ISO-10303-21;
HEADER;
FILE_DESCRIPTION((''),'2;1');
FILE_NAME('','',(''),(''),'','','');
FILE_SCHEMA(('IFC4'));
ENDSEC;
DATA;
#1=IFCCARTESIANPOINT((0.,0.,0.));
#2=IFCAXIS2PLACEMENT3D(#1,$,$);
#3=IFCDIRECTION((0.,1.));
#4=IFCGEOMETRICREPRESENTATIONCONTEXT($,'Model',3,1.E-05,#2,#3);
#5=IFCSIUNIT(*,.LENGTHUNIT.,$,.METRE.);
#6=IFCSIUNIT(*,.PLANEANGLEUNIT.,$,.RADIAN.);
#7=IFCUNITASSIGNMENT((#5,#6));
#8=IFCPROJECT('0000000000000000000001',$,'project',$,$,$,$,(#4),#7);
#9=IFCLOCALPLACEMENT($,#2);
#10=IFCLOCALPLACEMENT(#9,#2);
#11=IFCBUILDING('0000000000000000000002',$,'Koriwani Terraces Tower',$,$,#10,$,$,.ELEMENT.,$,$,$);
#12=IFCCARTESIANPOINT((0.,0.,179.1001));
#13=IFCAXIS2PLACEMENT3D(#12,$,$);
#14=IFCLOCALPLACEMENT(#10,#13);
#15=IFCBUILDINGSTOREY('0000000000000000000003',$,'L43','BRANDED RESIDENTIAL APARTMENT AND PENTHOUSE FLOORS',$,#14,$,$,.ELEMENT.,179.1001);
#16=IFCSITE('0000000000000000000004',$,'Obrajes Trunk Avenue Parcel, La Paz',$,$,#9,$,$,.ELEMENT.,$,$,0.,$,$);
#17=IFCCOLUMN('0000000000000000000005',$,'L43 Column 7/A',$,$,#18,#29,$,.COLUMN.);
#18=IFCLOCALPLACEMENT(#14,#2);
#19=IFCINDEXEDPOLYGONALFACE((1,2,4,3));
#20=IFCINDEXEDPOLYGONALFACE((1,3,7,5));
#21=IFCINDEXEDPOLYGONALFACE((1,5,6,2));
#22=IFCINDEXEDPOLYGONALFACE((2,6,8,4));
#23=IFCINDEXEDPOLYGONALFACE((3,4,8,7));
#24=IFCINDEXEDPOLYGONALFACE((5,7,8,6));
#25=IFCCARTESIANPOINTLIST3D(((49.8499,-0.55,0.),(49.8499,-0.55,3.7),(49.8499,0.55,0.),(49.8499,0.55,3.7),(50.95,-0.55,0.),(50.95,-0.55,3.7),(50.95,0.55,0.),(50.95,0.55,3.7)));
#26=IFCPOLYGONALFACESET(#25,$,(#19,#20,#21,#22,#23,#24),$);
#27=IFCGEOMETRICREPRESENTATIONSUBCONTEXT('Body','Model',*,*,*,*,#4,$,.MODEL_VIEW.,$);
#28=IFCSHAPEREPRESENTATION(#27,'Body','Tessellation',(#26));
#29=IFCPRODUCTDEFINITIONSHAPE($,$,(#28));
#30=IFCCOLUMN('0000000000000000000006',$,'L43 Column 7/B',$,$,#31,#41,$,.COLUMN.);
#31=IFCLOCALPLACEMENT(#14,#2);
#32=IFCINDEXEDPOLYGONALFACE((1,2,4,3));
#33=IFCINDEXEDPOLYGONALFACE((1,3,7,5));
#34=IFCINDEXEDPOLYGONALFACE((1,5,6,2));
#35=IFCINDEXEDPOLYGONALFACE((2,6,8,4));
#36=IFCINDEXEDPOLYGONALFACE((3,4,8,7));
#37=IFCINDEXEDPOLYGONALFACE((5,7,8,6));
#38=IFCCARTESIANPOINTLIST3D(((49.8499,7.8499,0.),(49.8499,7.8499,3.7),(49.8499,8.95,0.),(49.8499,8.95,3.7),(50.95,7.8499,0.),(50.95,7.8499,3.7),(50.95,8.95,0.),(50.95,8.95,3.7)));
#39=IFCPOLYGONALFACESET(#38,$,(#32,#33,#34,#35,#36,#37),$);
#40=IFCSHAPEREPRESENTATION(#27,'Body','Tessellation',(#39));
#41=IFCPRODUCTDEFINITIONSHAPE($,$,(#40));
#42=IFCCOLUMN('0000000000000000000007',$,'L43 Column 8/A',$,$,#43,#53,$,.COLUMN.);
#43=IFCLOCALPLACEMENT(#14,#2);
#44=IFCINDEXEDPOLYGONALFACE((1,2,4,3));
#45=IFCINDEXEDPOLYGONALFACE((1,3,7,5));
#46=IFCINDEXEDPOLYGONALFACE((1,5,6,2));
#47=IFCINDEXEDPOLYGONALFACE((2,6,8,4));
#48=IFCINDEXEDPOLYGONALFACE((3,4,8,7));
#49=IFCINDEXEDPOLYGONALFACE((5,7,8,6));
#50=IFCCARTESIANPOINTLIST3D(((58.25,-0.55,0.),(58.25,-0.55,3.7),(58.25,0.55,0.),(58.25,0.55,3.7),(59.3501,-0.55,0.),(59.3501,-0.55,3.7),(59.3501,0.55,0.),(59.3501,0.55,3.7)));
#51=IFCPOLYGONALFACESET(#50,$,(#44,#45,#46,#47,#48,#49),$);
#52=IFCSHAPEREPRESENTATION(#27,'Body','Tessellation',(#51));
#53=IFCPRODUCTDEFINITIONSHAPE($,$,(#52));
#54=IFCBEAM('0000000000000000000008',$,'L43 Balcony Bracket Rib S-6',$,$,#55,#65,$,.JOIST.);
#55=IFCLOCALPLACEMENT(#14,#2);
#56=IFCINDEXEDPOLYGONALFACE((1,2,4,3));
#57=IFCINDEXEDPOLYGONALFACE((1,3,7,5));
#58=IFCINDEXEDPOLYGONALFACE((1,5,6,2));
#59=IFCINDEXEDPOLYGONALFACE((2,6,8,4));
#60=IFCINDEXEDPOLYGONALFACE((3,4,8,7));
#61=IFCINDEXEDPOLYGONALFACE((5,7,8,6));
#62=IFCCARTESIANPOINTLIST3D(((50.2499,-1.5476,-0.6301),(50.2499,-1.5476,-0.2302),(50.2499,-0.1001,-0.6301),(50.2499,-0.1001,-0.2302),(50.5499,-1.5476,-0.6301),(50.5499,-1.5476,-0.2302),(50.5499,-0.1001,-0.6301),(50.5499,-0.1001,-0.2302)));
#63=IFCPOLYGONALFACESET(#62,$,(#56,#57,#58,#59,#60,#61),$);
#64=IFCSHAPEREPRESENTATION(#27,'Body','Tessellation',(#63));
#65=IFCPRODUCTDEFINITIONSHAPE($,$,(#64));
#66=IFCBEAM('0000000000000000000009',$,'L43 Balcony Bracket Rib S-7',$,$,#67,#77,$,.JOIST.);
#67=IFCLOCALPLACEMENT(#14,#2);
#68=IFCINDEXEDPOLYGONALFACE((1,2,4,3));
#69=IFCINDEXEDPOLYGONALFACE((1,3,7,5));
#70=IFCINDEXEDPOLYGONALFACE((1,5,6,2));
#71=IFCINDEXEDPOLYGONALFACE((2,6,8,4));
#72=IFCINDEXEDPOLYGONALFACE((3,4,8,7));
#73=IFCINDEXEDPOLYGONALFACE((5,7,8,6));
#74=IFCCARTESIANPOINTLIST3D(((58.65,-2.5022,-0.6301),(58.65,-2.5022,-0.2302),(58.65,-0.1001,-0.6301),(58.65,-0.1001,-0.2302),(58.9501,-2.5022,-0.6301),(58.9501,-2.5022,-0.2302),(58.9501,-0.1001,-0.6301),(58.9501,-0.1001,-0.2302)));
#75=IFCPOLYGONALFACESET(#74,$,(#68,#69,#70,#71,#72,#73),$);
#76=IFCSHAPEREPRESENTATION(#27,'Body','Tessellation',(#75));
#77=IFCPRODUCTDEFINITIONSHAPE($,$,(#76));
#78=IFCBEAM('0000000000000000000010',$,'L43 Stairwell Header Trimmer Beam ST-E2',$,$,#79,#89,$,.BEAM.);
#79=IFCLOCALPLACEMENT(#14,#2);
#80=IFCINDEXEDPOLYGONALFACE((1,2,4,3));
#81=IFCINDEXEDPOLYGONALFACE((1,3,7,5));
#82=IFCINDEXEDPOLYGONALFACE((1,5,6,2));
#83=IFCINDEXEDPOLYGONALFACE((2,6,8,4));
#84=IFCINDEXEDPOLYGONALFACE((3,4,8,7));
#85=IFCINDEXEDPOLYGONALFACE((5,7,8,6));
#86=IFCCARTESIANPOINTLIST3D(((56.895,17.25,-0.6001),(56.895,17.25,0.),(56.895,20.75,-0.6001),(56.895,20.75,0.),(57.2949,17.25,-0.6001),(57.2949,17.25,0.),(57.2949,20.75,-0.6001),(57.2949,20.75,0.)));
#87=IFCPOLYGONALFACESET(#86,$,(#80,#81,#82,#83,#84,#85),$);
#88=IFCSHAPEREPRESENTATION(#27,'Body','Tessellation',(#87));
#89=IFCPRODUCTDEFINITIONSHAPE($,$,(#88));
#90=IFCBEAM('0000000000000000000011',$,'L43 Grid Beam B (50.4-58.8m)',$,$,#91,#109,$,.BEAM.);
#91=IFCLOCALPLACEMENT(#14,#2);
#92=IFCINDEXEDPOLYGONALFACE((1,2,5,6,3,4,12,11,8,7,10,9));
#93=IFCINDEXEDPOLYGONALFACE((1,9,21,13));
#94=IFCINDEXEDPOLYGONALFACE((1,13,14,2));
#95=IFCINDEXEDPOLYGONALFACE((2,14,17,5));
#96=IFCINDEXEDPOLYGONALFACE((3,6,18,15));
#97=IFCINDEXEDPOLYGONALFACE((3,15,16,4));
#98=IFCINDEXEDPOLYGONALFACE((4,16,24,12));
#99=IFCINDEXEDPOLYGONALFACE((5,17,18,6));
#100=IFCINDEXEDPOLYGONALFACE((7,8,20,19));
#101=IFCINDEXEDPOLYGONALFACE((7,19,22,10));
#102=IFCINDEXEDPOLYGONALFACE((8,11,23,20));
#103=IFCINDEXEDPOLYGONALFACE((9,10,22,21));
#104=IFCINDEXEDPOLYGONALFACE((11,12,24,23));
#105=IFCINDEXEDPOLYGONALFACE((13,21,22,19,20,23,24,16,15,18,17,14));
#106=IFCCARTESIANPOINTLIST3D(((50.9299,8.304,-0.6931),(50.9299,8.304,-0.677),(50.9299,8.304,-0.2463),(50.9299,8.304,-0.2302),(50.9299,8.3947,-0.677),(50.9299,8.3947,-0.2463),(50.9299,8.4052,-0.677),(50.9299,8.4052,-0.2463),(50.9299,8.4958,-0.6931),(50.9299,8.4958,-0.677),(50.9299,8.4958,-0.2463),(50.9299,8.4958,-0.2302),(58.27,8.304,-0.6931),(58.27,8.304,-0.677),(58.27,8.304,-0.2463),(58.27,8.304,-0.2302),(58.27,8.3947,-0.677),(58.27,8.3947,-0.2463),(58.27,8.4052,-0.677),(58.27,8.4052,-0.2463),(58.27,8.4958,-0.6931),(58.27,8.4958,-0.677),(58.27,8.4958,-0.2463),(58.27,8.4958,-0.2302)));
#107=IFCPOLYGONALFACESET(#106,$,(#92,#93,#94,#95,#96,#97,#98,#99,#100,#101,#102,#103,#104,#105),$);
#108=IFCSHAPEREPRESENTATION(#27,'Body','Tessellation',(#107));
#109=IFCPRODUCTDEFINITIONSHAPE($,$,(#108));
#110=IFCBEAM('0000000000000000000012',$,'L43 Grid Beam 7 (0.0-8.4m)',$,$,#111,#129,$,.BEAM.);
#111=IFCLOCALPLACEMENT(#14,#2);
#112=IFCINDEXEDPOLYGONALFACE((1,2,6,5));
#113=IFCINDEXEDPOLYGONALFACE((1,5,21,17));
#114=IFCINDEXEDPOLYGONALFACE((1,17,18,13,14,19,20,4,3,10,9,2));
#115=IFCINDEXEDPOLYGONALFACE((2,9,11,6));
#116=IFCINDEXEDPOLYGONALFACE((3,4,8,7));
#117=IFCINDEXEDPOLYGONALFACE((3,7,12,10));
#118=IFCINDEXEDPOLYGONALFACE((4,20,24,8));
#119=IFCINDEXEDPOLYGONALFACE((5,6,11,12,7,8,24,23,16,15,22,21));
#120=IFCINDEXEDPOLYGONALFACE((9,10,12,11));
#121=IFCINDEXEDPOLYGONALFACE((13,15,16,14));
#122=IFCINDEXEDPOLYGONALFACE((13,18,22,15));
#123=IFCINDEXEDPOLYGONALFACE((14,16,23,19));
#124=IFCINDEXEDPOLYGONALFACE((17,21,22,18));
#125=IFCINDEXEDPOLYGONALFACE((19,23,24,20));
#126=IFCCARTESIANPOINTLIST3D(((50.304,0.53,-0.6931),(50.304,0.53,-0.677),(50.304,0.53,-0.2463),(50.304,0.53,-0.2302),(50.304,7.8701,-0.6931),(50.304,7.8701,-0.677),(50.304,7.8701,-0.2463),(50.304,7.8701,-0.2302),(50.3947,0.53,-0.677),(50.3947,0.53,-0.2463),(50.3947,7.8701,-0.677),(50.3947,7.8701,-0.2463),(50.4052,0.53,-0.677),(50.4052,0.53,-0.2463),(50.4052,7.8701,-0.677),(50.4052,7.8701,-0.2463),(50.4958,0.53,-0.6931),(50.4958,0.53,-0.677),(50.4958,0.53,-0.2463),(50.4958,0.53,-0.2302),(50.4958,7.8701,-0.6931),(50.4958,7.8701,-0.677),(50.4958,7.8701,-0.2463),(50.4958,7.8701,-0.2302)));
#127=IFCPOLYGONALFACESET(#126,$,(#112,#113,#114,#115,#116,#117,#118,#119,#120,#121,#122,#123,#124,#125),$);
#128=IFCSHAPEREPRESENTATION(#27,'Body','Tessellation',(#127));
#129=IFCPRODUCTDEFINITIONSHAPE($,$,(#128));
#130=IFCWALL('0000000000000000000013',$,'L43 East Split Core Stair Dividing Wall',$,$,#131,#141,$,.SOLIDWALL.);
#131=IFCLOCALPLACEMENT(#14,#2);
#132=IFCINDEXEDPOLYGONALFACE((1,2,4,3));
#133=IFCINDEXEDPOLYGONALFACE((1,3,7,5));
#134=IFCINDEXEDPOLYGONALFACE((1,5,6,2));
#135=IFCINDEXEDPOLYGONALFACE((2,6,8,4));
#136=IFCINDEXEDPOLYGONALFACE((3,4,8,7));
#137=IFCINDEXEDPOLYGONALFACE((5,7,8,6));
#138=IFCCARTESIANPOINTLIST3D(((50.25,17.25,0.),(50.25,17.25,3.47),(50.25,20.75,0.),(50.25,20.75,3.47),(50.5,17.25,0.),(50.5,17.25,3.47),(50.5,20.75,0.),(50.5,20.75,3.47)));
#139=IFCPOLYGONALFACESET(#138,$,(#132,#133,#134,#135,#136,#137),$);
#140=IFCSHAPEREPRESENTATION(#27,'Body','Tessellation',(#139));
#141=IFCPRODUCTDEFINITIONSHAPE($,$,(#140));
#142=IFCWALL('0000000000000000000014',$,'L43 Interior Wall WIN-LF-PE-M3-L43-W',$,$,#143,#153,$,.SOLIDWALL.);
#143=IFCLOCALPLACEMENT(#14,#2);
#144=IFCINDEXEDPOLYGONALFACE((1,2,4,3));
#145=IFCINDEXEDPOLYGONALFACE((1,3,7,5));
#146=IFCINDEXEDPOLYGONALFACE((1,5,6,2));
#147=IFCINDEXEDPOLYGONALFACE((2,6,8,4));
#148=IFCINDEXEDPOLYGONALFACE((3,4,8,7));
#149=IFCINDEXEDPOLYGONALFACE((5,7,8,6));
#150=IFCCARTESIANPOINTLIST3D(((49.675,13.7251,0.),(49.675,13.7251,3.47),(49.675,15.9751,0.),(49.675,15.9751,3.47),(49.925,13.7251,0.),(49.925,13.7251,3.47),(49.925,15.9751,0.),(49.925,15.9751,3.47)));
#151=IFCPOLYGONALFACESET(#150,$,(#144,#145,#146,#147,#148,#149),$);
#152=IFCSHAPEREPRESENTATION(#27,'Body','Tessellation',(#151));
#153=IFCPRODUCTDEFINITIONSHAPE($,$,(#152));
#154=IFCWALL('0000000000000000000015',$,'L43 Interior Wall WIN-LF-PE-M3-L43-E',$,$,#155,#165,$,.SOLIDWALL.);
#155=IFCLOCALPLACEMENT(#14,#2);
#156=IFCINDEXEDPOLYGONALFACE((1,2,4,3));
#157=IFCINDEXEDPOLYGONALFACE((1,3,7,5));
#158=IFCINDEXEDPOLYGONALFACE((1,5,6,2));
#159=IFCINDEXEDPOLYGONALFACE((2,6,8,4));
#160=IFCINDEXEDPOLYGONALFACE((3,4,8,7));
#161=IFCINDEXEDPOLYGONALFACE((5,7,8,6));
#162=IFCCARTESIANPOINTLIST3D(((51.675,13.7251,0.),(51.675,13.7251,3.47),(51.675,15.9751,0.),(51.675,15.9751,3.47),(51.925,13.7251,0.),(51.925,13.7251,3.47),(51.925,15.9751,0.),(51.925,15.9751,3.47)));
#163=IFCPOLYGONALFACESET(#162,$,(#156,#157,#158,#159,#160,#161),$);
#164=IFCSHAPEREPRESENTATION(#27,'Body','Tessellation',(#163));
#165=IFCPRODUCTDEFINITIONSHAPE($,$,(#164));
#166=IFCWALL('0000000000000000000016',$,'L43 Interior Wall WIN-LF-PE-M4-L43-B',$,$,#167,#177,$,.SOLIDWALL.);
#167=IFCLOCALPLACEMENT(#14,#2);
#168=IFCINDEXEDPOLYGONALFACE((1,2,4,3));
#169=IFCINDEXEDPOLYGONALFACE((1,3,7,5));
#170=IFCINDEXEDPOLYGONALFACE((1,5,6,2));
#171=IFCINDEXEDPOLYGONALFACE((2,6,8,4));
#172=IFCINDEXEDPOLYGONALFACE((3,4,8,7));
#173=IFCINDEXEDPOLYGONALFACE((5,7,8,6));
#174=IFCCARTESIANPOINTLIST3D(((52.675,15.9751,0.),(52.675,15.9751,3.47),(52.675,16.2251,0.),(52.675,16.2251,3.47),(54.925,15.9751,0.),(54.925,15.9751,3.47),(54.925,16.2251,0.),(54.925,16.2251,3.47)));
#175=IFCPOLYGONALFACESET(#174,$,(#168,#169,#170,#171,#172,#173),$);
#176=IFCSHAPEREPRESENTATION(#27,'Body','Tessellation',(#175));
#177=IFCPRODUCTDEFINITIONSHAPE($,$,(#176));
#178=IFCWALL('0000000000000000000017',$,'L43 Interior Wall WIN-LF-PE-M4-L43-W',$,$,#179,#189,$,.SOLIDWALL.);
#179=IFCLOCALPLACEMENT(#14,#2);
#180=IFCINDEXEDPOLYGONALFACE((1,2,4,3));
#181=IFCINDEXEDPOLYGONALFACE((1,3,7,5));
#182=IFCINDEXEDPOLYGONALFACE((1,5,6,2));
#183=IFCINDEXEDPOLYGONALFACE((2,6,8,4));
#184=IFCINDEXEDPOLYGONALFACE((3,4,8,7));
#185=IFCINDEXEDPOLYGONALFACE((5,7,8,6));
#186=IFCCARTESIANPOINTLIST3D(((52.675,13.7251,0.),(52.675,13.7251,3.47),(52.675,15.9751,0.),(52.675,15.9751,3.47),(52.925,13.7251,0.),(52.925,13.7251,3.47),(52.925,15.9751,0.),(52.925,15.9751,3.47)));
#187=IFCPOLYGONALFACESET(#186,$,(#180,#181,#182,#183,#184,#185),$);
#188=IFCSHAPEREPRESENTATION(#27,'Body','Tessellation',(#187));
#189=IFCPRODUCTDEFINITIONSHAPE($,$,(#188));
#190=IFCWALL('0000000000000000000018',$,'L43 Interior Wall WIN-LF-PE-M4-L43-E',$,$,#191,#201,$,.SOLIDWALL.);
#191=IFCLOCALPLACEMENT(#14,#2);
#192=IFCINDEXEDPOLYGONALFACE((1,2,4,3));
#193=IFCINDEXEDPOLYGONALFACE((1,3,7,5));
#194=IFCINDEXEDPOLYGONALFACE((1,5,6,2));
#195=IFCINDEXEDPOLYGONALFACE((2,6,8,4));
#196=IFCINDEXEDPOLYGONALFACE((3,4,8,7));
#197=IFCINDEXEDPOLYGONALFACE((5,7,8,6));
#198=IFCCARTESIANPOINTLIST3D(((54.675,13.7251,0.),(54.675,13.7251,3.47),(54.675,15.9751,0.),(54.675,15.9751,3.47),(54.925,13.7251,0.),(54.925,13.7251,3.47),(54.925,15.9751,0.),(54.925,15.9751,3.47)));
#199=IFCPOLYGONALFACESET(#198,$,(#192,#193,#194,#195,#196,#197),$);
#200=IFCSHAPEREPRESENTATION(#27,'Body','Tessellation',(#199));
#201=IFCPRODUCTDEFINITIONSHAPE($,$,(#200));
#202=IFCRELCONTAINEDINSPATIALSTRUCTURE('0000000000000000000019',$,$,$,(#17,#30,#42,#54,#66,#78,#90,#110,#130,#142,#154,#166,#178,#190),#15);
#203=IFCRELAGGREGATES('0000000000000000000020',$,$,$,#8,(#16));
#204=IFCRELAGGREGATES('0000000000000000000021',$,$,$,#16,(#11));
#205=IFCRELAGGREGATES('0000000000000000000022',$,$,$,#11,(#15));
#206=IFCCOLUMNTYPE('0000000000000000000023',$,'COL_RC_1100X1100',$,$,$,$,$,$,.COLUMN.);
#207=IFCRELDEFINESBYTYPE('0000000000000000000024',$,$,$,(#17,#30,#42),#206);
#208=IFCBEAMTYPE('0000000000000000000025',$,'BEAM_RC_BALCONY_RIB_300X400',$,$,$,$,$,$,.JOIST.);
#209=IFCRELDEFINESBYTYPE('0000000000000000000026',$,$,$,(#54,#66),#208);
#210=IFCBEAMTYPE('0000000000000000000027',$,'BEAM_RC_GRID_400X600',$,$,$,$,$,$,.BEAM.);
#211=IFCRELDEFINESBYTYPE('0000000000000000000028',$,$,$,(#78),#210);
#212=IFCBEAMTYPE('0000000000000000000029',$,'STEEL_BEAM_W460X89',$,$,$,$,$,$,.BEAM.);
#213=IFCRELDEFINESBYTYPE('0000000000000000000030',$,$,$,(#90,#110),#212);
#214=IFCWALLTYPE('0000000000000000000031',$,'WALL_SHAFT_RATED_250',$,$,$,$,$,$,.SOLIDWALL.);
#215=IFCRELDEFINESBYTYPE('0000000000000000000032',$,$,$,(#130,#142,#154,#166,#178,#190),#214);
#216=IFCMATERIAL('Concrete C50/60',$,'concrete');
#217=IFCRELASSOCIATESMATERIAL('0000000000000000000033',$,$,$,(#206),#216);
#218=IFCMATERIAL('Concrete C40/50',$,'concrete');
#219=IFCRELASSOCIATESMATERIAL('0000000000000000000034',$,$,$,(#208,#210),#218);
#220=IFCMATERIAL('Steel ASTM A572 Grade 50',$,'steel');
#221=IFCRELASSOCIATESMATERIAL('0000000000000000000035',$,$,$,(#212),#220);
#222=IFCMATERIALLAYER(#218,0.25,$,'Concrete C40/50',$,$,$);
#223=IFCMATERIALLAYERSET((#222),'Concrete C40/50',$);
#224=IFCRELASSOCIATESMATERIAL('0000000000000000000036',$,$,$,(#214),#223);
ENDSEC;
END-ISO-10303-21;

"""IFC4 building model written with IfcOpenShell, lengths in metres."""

from ifc_helpers import new_model, si_unit, direction, frame, frame_2d, origin, origin_2d, place, context, subcontext, project, spatial, rectangle, i_section, extrude, material, layer, layer_set, material_profile, profile_set, type_object, element, save


model = new_model("IFC4")

# Units and contexts
model_context = context("Model", 3, precision=1e-05, world=origin(), true_north=direction((0.0, 1.0)))
body_context = subcontext(model_context, "Body", "Model", "MODEL_VIEW")
ifc_project = project(units=[si_unit("LENGTHUNIT", "METRE"), si_unit("PLANEANGLEUNIT", "RADIAN")], contexts=[model_context])

# Site, building, storey
site_placement = place(None, origin())
site = spatial("IfcSite", under=ifc_project, at=site_placement, Name="Obrajes Trunk Avenue Parcel, La Paz", CompositionType="ELEMENT", RefElevation=0.0)
building_placement = place(site_placement, origin())
building = spatial("IfcBuilding", under=site, at=building_placement, Name="Koriwani Terraces Tower", CompositionType="ELEMENT")
storey_placement = place(building_placement, frame((0.0, 0.0, 179.1001)))
storey = spatial("IfcBuildingStorey", under=building, at=storey_placement, Name="L43", Description="BRANDED RESIDENTIAL APARTMENT AND PENTHOUSE FLOORS", CompositionType="ELEMENT", Elevation=179.1001)

# Columns
ifc_material_1 = material(Name="Concrete C50/60", Category="concrete")
ifc_material_profile_1 = material_profile(ifc_material_1, rectangle(XDim=1.1001, YDim=1.1001, at=origin_2d()), Name="Concrete C50/60", Category="LoadBearing")
ifc_profile_set_1 = profile_set([ifc_material_profile_1], Name="Concrete C50/60")
column_type = type_object("IfcColumnType", Name="COL_RC_1100X1100", PredefinedType="COLUMN", material=ifc_profile_set_1)
for number, where, z_axis, x_axis, name in (
    (1, (50.3999, 0.0, 0.0), (0.0, 0.0, 1.0), (1.0, 0.0, 0.0), "L43 Column 7/A"),
    (2, (50.3999, 8.3999, 0.0), (0.0, 0.0, 1.0), (1.0, 0.0, 0.0), "L43 Column 7/B"),
    (3, (58.8, 0.0, 0.0), (0.0, 0.0, 1.0), (1.0, 0.0, 0.0), "L43 Column 8/A"),
):
    element("IfcColumn", number, at=place(storey_placement, frame(where, z_axis=z_axis, x_axis=x_axis)), inside=storey, type_object=column_type, Name=name, PredefinedType="COLUMN", context=body_context, shape_type="SweptSolid", body=[
        extrude(rectangle(XDim=1.1001, YDim=1.1001, at=origin_2d()), origin(), (0.0, 0.0, 1.0), 3.7),
    ])

# Beams
ifc_material_2 = material(Name="Concrete C40/50", Category="concrete")
ifc_material_profile_2 = material_profile(ifc_material_2, rectangle(XDim=0.3, YDim=0.3999, at=origin_2d()), Name="Concrete C40/50", Category="LoadBearing")
ifc_profile_set_2 = profile_set([ifc_material_profile_2], Name="Concrete C40/50")
beam_type_1 = type_object("IfcBeamType", Name="BEAM_RC_BALCONY_RIB_300X400", PredefinedType="JOIST", material=ifc_profile_set_2)
beam_1_placement = place(storey_placement, frame((50.3999, -1.5476, -0.4302), z_axis=(0.0, 1.0, 0.0), x_axis=(-1.0, 0.0, 0.0)))
element("IfcBeam", 4, at=beam_1_placement, inside=storey, type_object=beam_type_1, Name="L43 Balcony Bracket Rib S-6", PredefinedType="JOIST", context=body_context, shape_type="SweptSolid", body=[
    extrude(rectangle(XDim=0.3, YDim=0.3999, at=origin_2d()), origin(), (0.0, 0.0, 1.0), 1.4475),
])
beam_2_placement = place(storey_placement, frame((58.8, -2.5022, -0.4302), z_axis=(0.0, 1.0, 0.0), x_axis=(-1.0, 0.0, 0.0)))
element("IfcBeam", 5, at=beam_2_placement, inside=storey, type_object=beam_type_1, Name="L43 Balcony Bracket Rib S-7", PredefinedType="JOIST", context=body_context, shape_type="SweptSolid", body=[
    extrude(rectangle(XDim=0.3, YDim=0.3999, at=origin_2d()), origin(), (0.0, 0.0, 1.0), 2.4021),
])
ifc_material_profile_3 = material_profile(ifc_material_2, rectangle(XDim=0.3999, YDim=0.6001, at=origin_2d()), Name="Concrete C40/50", Category="LoadBearing")
ifc_profile_set_3 = profile_set([ifc_material_profile_3], Name="Concrete C40/50")
beam_type_2 = type_object("IfcBeamType", Name="BEAM_RC_GRID_400X600", PredefinedType="BEAM", material=ifc_profile_set_3)
beam_3_placement = place(storey_placement, frame((57.095, 17.25, -0.3), z_axis=(0.0, 1.0, 0.0), x_axis=(-1.0, 0.0, 0.0)))
element("IfcBeam", 6, at=beam_3_placement, inside=storey, type_object=beam_type_2, Name="L43 Stairwell Header Trimmer Beam ST-E2", PredefinedType="BEAM", context=body_context, shape_type="SweptSolid", body=[
    extrude(rectangle(XDim=0.3999, YDim=0.6001, at=origin_2d()), origin(), (0.0, 0.0, 1.0), 3.5),
])
ifc_material_3 = material(Name="Steel ASTM A572 Grade 50", Category="steel")
ifc_material_profile_4 = material_profile(ifc_material_3, i_section(OverallWidth=0.1919, OverallDepth=0.4629, WebThickness=0.0105, FlangeThickness=0.0161, at=origin_2d()), Name="Steel ASTM A572 Grade 50", Category="LoadBearing")
ifc_profile_set_4 = profile_set([ifc_material_profile_4], Name="Steel ASTM A572 Grade 50")
beam_type_3 = type_object("IfcBeamType", Name="STEEL_BEAM_W460X89", PredefinedType="BEAM", material=ifc_profile_set_4)
for number, where, z_axis, x_axis, name in (
    (7, (50.9299, 8.3999, -0.4617), (1.0, 0.0, 0.0), (0.0, 1.0, 0.0), "L43 Grid Beam B (50.4-58.8m)"),
    (8, (50.3999, 0.53, -0.4617), (0.0, 1.0, 0.0), (-1.0, 0.0, 0.0), "L43 Grid Beam 7 (0.0-8.4m)"),
):
    element("IfcBeam", number, at=place(storey_placement, frame(where, z_axis=z_axis, x_axis=x_axis)), inside=storey, type_object=beam_type_3, Name=name, PredefinedType="BEAM", context=body_context, shape_type="SweptSolid", body=[
        extrude(i_section(OverallWidth=0.1919, OverallDepth=0.4629, WebThickness=0.0105, FlangeThickness=0.0161, at=origin_2d()), origin(), (0.0, 0.0, 1.0), 7.3401),
    ])

# Wall
ifc_layer = layer(ifc_material_2, 0.25, Name="Concrete C40/50")
ifc_layer_set = layer_set([ifc_layer], Name="Concrete C40/50")
wall_type = type_object("IfcWallType", Name="WALL_SHAFT_RATED_250", PredefinedType="SOLIDWALL", material=ifc_layer_set)
wall_1_placement = place(storey_placement, frame((50.375, 17.25, 0.0), z_axis=(0.0, 0.0, 1.0), x_axis=(0.0, 1.0, 0.0)))
element("IfcWall", 9, at=wall_1_placement, inside=storey, type_object=wall_type, Name="L43 East Split Core Stair Dividing Wall", PredefinedType="SOLIDWALL", context=body_context, shape_type="SweptSolid", body=[
    extrude(rectangle(XDim=3.5, YDim=0.25, at=frame_2d((1.75, 0.0))), origin(), (0.0, 0.0, 1.0), 3.47),
])

# Walls
for number, where, z_axis, x_axis, name in (
    (10, (49.8, 13.7251, 0.0), (0.0, 0.0, 1.0), (0.0, 1.0, 0.0), "L43 Interior Wall WIN-LF-PE-M3-L43-W"),
    (11, (51.8, 13.7251, 0.0), (0.0, 0.0, 1.0), (0.0, 1.0, 0.0), "L43 Interior Wall WIN-LF-PE-M3-L43-E"),
):
    element("IfcWall", number, at=place(storey_placement, frame(where, z_axis=z_axis, x_axis=x_axis)), inside=storey, type_object=wall_type, Name=name, PredefinedType="SOLIDWALL", context=body_context, shape_type="SweptSolid", body=[
        extrude(rectangle(XDim=2.25, YDim=0.25, at=frame_2d((1.125, 0.0))), origin(), (0.0, 0.0, 1.0), 3.47),
    ])

# Walls
for number, where, z_axis, x_axis, name in (
    (12, (52.675, 16.1001, 0.0), (0.0, 0.0, 1.0), (1.0, 0.0, 0.0), "L43 Interior Wall WIN-LF-PE-M4-L43-B"),
    (13, (52.8, 13.7251, 0.0), (0.0, 0.0, 1.0), (0.0, 1.0, 0.0), "L43 Interior Wall WIN-LF-PE-M4-L43-W"),
    (14, (54.8, 13.7251, 0.0), (0.0, 0.0, 1.0), (0.0, 1.0, 0.0), "L43 Interior Wall WIN-LF-PE-M4-L43-E"),
):
    element("IfcWall", number, at=place(storey_placement, frame(where, z_axis=z_axis, x_axis=x_axis)), inside=storey, type_object=wall_type, Name=name, PredefinedType="SOLIDWALL", context=body_context, shape_type="SweptSolid", body=[
        extrude(rectangle(XDim=2.25, YDim=0.25, at=frame_2d((1.125, 0.0))), origin(), (0.0, 0.0, 1.0), 3.47),
    ])

save(model, "model.ifc")
